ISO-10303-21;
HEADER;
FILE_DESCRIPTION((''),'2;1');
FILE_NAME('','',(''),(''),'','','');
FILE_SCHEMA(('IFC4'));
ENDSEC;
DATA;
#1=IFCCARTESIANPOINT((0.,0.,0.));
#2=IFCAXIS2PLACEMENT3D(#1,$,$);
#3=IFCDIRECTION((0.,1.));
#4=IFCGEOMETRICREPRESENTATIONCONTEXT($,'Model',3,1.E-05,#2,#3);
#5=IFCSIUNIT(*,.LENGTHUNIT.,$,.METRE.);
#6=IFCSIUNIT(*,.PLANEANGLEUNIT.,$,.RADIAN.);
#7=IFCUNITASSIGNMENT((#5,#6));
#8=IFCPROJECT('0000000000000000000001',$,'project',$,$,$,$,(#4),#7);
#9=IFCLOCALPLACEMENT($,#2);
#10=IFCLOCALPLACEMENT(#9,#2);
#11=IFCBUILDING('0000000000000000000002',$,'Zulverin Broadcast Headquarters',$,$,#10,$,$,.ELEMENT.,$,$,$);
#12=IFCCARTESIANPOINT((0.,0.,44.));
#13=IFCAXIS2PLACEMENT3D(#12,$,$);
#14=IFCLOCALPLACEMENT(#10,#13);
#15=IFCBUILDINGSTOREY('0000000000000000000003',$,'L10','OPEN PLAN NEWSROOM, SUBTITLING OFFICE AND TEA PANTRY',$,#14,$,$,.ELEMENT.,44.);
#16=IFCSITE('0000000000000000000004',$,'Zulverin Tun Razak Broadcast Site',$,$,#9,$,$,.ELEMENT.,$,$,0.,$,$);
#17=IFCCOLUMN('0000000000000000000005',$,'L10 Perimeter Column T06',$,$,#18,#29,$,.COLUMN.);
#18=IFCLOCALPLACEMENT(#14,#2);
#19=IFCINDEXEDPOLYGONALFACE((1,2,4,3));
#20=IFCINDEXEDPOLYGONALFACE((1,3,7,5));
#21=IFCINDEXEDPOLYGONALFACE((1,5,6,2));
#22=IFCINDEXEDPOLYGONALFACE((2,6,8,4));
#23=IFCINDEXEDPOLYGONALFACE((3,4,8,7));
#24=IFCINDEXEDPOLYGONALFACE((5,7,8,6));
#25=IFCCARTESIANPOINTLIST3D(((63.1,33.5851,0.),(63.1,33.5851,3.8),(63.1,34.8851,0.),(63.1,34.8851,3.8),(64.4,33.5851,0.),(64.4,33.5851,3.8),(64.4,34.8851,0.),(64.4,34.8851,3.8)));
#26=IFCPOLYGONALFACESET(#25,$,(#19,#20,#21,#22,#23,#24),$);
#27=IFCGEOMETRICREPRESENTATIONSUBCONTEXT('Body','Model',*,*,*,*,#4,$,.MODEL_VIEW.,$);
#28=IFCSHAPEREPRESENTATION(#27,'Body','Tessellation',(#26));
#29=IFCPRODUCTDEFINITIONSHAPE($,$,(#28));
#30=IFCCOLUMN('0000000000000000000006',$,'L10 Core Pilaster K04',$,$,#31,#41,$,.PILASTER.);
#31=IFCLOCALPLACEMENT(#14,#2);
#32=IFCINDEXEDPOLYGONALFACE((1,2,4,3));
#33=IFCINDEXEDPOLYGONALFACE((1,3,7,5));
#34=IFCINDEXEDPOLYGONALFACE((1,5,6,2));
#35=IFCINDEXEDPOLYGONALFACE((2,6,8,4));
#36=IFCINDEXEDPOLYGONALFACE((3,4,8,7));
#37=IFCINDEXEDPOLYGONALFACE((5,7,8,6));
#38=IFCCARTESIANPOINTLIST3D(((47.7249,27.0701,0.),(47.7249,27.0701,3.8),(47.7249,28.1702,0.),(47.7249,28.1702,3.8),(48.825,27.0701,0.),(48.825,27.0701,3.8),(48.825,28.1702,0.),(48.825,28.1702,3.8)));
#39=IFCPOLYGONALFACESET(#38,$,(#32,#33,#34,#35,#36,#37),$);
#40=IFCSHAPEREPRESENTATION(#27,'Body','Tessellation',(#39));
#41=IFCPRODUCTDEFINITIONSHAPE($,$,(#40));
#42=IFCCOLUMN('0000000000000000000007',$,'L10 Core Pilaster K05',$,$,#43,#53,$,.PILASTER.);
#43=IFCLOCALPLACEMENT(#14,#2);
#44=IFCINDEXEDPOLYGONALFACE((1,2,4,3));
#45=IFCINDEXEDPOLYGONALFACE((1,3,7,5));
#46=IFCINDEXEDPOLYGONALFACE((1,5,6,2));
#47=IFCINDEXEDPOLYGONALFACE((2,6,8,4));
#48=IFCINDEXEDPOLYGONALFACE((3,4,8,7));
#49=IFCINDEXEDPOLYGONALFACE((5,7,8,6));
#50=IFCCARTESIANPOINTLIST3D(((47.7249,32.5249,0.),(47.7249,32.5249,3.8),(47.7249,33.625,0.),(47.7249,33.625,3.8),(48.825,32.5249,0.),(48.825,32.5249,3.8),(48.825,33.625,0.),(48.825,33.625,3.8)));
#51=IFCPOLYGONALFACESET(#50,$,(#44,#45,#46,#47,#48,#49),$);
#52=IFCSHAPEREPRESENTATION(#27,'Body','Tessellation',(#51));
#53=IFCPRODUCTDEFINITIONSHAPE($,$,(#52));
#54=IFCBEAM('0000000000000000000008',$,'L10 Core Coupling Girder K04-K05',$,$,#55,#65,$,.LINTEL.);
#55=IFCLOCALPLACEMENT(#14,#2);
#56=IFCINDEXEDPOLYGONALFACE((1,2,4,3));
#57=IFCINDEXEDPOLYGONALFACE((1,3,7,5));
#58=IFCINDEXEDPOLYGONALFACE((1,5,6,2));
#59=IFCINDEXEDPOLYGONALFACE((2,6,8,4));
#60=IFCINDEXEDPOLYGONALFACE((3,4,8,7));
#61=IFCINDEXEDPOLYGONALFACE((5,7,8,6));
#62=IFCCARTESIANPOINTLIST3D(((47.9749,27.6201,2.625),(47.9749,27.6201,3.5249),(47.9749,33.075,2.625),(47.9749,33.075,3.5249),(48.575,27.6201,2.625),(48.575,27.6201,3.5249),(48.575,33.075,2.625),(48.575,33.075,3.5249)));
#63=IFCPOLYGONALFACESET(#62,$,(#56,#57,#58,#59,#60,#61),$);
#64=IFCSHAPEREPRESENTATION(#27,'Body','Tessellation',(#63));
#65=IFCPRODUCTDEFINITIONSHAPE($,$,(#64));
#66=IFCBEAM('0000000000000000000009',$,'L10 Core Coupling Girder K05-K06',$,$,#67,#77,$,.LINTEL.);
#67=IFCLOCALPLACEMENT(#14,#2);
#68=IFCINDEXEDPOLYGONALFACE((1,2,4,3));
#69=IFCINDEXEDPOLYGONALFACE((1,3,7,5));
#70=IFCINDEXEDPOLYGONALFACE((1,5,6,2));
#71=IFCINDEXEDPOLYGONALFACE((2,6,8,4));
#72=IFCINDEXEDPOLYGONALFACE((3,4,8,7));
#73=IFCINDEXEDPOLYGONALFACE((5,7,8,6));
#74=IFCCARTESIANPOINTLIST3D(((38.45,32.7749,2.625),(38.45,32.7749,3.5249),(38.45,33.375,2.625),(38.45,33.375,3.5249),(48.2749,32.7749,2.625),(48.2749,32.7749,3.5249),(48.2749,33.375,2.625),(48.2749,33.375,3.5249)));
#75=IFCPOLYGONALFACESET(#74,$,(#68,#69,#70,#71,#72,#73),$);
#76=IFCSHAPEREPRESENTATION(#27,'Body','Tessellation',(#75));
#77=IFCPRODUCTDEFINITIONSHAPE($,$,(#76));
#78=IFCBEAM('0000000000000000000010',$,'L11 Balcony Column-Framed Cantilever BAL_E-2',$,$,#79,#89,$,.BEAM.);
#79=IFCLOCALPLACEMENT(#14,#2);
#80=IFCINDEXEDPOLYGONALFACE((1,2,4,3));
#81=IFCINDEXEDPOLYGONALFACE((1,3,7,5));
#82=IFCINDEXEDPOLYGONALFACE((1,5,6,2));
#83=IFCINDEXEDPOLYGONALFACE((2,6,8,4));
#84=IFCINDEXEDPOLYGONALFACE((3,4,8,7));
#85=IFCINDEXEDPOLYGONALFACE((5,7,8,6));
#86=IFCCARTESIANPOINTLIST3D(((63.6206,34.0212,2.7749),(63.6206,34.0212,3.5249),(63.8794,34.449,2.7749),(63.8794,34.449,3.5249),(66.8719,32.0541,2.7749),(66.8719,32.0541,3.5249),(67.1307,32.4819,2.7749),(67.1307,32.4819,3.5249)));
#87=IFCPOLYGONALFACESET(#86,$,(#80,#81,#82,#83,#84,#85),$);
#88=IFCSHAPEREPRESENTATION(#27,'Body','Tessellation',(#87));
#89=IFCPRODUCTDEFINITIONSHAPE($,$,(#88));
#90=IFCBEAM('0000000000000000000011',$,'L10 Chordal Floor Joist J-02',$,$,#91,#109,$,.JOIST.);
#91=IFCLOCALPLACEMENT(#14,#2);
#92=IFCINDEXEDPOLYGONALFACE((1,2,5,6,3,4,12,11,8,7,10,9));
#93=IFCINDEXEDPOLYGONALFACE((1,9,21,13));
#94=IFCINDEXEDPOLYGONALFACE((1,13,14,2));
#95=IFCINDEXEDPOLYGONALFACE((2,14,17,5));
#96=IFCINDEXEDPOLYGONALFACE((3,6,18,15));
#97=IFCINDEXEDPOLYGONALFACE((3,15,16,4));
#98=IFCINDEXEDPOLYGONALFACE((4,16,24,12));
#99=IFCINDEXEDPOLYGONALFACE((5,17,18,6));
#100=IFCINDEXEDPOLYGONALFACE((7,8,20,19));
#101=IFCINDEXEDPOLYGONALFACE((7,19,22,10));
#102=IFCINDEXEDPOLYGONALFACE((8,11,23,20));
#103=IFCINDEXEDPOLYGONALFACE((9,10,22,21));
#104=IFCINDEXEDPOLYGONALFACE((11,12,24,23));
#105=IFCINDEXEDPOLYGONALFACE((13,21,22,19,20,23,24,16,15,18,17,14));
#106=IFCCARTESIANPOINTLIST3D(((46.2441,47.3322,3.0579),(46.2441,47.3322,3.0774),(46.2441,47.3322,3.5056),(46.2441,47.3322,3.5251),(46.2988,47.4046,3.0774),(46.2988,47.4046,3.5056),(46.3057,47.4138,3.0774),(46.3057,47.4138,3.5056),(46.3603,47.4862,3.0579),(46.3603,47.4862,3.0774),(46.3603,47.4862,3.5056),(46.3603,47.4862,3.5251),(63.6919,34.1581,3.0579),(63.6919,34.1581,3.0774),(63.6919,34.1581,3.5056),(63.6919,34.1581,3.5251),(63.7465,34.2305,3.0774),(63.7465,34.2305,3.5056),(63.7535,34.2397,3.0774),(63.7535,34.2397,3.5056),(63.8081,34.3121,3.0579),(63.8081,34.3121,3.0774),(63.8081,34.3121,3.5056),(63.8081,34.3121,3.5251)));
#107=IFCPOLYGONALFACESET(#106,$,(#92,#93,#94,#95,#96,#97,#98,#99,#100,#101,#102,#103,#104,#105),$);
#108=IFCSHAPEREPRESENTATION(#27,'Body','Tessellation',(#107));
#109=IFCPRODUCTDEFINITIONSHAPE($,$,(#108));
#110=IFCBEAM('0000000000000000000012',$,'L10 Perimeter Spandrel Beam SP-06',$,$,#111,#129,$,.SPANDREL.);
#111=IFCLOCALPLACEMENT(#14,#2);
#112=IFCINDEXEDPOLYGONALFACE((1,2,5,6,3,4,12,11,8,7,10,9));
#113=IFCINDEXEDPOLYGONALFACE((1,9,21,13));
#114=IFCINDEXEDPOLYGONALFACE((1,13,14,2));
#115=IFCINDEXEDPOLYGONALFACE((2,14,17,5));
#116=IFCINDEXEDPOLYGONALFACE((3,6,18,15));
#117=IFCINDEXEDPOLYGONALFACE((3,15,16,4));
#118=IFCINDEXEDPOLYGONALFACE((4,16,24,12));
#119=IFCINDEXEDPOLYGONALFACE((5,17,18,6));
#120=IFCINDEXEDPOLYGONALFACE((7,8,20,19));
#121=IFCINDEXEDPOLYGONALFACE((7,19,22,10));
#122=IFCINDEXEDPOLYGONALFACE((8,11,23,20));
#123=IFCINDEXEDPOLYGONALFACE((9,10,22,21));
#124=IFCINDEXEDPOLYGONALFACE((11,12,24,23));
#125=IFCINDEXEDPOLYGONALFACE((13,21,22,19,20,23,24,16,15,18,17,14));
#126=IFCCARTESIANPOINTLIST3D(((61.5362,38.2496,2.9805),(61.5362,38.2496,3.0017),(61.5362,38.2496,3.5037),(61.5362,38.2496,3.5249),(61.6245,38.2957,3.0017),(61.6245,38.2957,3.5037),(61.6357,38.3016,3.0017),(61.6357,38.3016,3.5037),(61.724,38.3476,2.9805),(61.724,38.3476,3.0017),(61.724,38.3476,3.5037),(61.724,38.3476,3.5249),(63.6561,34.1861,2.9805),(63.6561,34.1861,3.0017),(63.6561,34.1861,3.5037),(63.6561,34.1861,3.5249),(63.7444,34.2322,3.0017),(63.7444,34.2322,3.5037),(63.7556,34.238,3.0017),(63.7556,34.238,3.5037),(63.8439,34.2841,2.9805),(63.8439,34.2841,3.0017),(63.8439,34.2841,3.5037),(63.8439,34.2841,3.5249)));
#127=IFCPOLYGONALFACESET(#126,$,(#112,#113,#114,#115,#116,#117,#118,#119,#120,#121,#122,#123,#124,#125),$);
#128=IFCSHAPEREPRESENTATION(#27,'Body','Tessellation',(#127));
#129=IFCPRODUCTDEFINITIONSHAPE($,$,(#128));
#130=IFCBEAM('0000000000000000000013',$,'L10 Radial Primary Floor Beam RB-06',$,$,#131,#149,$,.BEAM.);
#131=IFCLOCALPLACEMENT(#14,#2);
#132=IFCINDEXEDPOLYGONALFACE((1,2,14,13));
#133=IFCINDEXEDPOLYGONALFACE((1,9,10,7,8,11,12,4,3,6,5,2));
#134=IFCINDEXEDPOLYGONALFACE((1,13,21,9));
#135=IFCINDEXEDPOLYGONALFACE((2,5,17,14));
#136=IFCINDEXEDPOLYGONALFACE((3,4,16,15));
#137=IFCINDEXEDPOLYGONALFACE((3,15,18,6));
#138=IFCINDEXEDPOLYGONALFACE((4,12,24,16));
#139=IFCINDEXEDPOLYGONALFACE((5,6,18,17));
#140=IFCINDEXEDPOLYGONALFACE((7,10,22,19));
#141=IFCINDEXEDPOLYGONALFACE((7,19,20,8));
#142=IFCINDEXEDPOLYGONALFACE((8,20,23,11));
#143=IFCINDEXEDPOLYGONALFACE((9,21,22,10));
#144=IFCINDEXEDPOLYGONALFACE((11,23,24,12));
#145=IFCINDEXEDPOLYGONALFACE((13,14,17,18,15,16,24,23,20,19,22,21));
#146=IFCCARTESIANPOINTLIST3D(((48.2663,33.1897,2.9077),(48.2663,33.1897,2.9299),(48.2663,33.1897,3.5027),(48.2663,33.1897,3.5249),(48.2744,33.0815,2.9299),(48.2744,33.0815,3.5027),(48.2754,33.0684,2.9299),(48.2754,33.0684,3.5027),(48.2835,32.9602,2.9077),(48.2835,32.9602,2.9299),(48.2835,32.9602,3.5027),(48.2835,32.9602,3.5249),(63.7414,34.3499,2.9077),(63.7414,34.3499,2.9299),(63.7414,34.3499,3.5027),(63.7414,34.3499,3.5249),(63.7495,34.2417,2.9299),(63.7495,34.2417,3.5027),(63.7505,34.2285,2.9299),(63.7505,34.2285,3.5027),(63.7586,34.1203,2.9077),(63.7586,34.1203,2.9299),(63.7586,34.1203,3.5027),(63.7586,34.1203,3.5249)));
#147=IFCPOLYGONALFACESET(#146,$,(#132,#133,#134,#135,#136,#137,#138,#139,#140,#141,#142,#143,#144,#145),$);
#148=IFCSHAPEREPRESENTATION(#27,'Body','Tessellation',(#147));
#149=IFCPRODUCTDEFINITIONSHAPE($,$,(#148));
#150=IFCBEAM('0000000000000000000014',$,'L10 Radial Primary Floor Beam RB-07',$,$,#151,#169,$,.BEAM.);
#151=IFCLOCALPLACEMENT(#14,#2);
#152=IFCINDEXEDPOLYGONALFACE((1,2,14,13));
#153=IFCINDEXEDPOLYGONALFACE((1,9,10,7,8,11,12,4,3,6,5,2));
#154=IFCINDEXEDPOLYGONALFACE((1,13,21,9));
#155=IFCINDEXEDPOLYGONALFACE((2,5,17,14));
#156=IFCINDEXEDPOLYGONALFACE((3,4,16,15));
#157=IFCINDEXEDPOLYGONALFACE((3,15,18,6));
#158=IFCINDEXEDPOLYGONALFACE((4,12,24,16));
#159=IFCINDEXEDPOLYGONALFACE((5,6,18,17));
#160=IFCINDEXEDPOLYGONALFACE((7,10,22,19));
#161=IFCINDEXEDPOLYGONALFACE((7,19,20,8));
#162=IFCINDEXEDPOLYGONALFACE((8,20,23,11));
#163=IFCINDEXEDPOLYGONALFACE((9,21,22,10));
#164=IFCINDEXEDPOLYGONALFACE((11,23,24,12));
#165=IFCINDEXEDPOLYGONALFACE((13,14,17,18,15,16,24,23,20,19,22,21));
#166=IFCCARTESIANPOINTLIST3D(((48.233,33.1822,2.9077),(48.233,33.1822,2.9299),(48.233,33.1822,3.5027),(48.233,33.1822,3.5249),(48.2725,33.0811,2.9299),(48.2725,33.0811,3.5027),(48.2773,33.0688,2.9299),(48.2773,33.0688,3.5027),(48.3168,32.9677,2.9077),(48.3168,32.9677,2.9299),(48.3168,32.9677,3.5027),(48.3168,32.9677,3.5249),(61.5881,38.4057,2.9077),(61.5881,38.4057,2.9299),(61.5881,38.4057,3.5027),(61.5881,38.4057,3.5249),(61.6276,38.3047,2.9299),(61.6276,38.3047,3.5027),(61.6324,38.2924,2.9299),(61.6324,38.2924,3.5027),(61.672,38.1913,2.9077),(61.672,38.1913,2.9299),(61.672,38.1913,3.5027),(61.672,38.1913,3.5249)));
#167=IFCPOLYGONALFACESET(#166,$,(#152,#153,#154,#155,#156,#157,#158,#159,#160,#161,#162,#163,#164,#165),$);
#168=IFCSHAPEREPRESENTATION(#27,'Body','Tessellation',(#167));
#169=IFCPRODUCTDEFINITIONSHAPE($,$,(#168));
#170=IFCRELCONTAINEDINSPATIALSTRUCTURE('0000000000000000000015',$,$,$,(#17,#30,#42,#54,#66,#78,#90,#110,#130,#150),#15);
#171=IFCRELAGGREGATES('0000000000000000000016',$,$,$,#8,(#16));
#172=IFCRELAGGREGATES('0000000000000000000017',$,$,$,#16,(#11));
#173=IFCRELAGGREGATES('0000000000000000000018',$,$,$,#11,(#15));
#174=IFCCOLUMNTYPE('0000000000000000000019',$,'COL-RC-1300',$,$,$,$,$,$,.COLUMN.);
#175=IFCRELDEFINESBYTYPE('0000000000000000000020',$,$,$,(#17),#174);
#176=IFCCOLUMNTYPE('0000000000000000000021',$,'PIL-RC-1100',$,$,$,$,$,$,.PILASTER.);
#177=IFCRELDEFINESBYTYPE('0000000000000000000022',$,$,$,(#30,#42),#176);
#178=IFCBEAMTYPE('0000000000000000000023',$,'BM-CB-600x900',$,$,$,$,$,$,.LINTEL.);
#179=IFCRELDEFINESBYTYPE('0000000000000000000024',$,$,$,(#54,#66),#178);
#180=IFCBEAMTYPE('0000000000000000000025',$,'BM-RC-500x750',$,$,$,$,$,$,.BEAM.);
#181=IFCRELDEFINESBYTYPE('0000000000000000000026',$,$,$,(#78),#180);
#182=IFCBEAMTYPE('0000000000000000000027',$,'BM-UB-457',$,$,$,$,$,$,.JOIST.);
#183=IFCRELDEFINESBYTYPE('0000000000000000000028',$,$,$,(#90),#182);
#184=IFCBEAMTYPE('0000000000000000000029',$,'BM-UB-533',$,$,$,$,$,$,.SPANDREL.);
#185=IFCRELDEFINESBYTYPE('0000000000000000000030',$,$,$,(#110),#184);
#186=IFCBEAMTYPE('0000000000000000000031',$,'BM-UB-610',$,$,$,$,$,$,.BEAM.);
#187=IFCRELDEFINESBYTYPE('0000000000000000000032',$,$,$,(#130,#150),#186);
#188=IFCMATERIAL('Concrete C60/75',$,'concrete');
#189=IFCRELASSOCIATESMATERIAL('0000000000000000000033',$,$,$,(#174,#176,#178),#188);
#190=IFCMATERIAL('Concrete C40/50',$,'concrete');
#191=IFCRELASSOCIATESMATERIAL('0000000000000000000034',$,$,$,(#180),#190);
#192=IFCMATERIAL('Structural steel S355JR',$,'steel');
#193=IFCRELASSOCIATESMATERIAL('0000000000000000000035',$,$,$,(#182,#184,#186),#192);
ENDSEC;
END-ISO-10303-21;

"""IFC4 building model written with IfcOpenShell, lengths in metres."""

from ifc_helpers import new_model, si_unit, direction, frame, origin, origin_2d, place, context, subcontext, project, spatial, rectangle, i_section, extrude, material, material_profile, profile_set, type_object, element, save


model = new_model("IFC4")

# Units and contexts
model_context = context("Model", 3, precision=1e-05, world=origin(), true_north=direction((0.0, 1.0)))
body_context = subcontext(model_context, "Body", "Model", "MODEL_VIEW")
ifc_project = project(units=[si_unit("LENGTHUNIT", "METRE"), si_unit("PLANEANGLEUNIT", "RADIAN")], contexts=[model_context])

# Site, building, storey
site_placement = place(None, origin())
site = spatial("IfcSite", under=ifc_project, at=site_placement, Name="Zulverin Tun Razak Broadcast Site", CompositionType="ELEMENT", RefElevation=0.0)
building_placement = place(site_placement, origin())
building = spatial("IfcBuilding", under=site, at=building_placement, Name="Zulverin Broadcast Headquarters", CompositionType="ELEMENT")
storey_placement = place(building_placement, frame((0.0, 0.0, 44.0)))
storey = spatial("IfcBuildingStorey", under=building, at=storey_placement, Name="L10", Description="OPEN PLAN NEWSROOM, SUBTITLING OFFICE AND TEA PANTRY", CompositionType="ELEMENT", Elevation=44.0)

# Columns
ifc_material_1 = material(Name="Concrete C60/75", Category="concrete")
ifc_material_profile_1 = material_profile(ifc_material_1, rectangle(XDim=1.3, YDim=1.3, at=origin_2d()), Name="Concrete C60/75", Category="concrete")
ifc_profile_set_1 = profile_set([ifc_material_profile_1], Name="Concrete C60/75")
column_type_1 = type_object("IfcColumnType", Name="COL-RC-1300", PredefinedType="COLUMN", material=ifc_profile_set_1)
column_placement = place(storey_placement, frame((63.75, 34.2351, 0.0), z_axis=(0.0, 0.0, 1.0), x_axis=(1.0, 0.0, 0.0)))
element("IfcColumn", 1, at=column_placement, inside=storey, type_object=column_type_1, Name="L10 Perimeter Column T06", PredefinedType="COLUMN", context=body_context, shape_type="SweptSolid", body=[
    extrude(rectangle(XDim=1.3, YDim=1.3, at=origin_2d()), origin(), (0.0, 0.0, 1.0), 3.8),
])
ifc_material_profile_2 = material_profile(ifc_material_1, rectangle(XDim=1.1001, YDim=1.1001, at=origin_2d()), Name="Concrete C60/75", Category="concrete")
ifc_profile_set_2 = profile_set([ifc_material_profile_2], Name="Concrete C60/75")
column_type_2 = type_object("IfcColumnType", Name="PIL-RC-1100", PredefinedType="PILASTER", material=ifc_profile_set_2)
for number, where, z_axis, x_axis, name in (
    (2, (48.2749, 27.6201, 0.0), (0.0, 0.0, 1.0), (1.0, 0.0, 0.0), "L10 Core Pilaster K04"),
    (3, (48.2749, 33.075, 0.0), (0.0, 0.0, 1.0), (1.0, 0.0, 0.0), "L10 Core Pilaster K05"),
):
    element("IfcColumn", number, at=place(storey_placement, frame(where, z_axis=z_axis, x_axis=x_axis)), inside=storey, type_object=column_type_2, Name=name, PredefinedType="PILASTER", context=body_context, shape_type="SweptSolid", body=[
        extrude(rectangle(XDim=1.1001, YDim=1.1001, at=origin_2d()), origin(), (0.0, 0.0, 1.0), 3.8),
    ])

# Beams
ifc_material_profile_3 = material_profile(ifc_material_1, rectangle(XDim=0.6001, YDim=0.8999, at=origin_2d()), Name="Concrete C60/75", Category="concrete")
ifc_profile_set_3 = profile_set([ifc_material_profile_3], Name="Concrete C60/75")
beam_type_1 = type_object("IfcBeamType", Name="BM-CB-600x900", PredefinedType="LINTEL", material=ifc_profile_set_3)
beam_1_placement = place(storey_placement, frame((48.2749, 27.6201, 3.075), z_axis=(0.0, 1.0, 0.0), x_axis=(-1.0, 0.0, 0.0)))
element("IfcBeam", 4, at=beam_1_placement, inside=storey, type_object=beam_type_1, Name="L10 Core Coupling Girder K04-K05", PredefinedType="LINTEL", context=body_context, shape_type="SweptSolid", body=[
    extrude(rectangle(XDim=0.6001, YDim=0.8999, at=origin_2d()), origin(), (0.0, 0.0, 1.0), 5.4548),
])
beam_2_placement = place(storey_placement, frame((48.2749, 33.075, 3.075), z_axis=(-1.0, 0.0, 0.0), x_axis=(0.0, -1.0, 0.0)))
element("IfcBeam", 5, at=beam_2_placement, inside=storey, type_object=beam_type_1, Name="L10 Core Coupling Girder K05-K06", PredefinedType="LINTEL", context=body_context, shape_type="SweptSolid", body=[
    extrude(rectangle(XDim=0.6001, YDim=0.8999, at=origin_2d()), origin(), (0.0, 0.0, 1.0), 9.825),
])
ifc_material_2 = material(Name="Concrete C40/50", Category="concrete")
ifc_material_profile_4 = material_profile(ifc_material_2, rectangle(XDim=0.5, YDim=0.75, at=origin_2d()), Name="Concrete C40/50", Category="concrete")
ifc_profile_set_4 = profile_set([ifc_material_profile_4], Name="Concrete C40/50")
beam_type_2 = type_object("IfcBeamType", Name="BM-RC-500x750", PredefinedType="BEAM", material=ifc_profile_set_4)
beam_3_placement = place(storey_placement, frame((63.75, 34.2351, 3.1499), z_axis=(0.855594, -0.517648, 0.0), x_axis=(0.517648, 0.855594, 0.0)))
element("IfcBeam", 6, at=beam_3_placement, inside=storey, type_object=beam_type_2, Name="L11 Balcony Column-Framed Cantilever BAL_E-2", PredefinedType="BEAM", context=body_context, shape_type="SweptSolid", body=[
    extrude(rectangle(XDim=0.5, YDim=0.75, at=origin_2d()), origin(), (0.0, 0.0, 1.0), 3.8),
])
ifc_material_3 = material(Name="Structural steel S355JR", Category="steel")
ifc_material_profile_5 = material_profile(ifc_material_3, i_section(OverallWidth=0.1929, OverallDepth=0.4673, WebThickness=0.0115, FlangeThickness=0.0195, at=origin_2d()), Name="Structural steel S355JR", Category="steel")
ifc_profile_set_5 = profile_set([ifc_material_profile_5], Name="Structural steel S355JR")
beam_type_3 = type_object("IfcBeamType", Name="BM-UB-457", PredefinedType="JOIST", material=ifc_profile_set_5)
beam_4_placement = place(storey_placement, frame((63.75, 34.2351, 3.2915), z_axis=(-0.798058, 0.60258, 0.0), x_axis=(-0.60258, -0.798058, 0.0)))
element("IfcBeam", 7, at=beam_4_placement, inside=storey, type_object=beam_type_3, Name="L10 Chordal Floor Joist J-02", PredefinedType="JOIST", context=body_context, shape_type="SweptSolid", body=[
    extrude(i_section(OverallWidth=0.1929, OverallDepth=0.4673, WebThickness=0.0115, FlangeThickness=0.0195, at=origin_2d()), origin(), (0.0, 0.0, 1.0), 21.8628),
])
ifc_material_profile_6 = material_profile(ifc_material_3, i_section(OverallWidth=0.2119, OverallDepth=0.5444, WebThickness=0.0127, FlangeThickness=0.0212, at=origin_2d()), Name="Structural steel S355JR", Category="steel")
ifc_profile_set_6 = profile_set([ifc_material_profile_6], Name="Structural steel S355JR")
beam_type_4 = type_object("IfcBeamType", Name="BM-UB-533", PredefinedType="SPANDREL", material=ifc_profile_set_6)
beam_5_placement = place(storey_placement, frame((63.75, 34.2351, 3.2527), z_axis=(-0.462531, 0.886603, 0.0), x_axis=(-0.886603, -0.462531, 0.0)))
element("IfcBeam", 8, at=beam_5_placement, inside=storey, type_object=beam_type_4, Name="L10 Perimeter Spandrel Beam SP-06", PredefinedType="SPANDREL", context=body_context, shape_type="SweptSolid", body=[
    extrude(i_section(OverallWidth=0.2119, OverallDepth=0.5444, WebThickness=0.0127, FlangeThickness=0.0212, at=origin_2d()), origin(), (0.0, 0.0, 1.0), 4.5833),
])
ifc_material_profile_7 = material_profile(ifc_material_3, i_section(OverallWidth=0.2302, OverallDepth=0.6172, WebThickness=0.0132, FlangeThickness=0.0222, at=origin_2d()), Name="Structural steel S355JR", Category="steel")
ifc_profile_set_7 = profile_set([ifc_material_profile_7], Name="Structural steel S355JR")
beam_type_5 = type_object("IfcBeamType", Name="BM-UB-610", PredefinedType="BEAM", material=ifc_profile_set_7)
beam_6_placement = place(storey_placement, frame((48.2749, 33.075, 3.2163), z_axis=(0.997202, 0.074759, 0.0), x_axis=(-0.074759, 0.997202, 0.0)))
element("IfcBeam", 9, at=beam_6_placement, inside=storey, type_object=beam_type_5, Name="L10 Radial Primary Floor Beam RB-06", PredefinedType="BEAM", context=body_context, shape_type="SweptSolid", body=[
    extrude(i_section(OverallWidth=0.2302, OverallDepth=0.6172, WebThickness=0.0132, FlangeThickness=0.0222, at=origin_2d()), origin(), (0.0, 0.0, 1.0), 15.5186),
])
beam_7_placement = place(storey_placement, frame((48.2749, 33.075, 3.2163), z_axis=(0.931298, 0.364259, 0.0), x_axis=(-0.364259, 0.931298, 0.0)))
element("IfcBeam", 10, at=beam_7_placement, inside=storey, type_object=beam_type_5, Name="L10 Radial Primary Floor Beam RB-07", PredefinedType="BEAM", context=body_context, shape_type="SweptSolid", body=[
    extrude(i_section(OverallWidth=0.2302, OverallDepth=0.6172, WebThickness=0.0132, FlangeThickness=0.0222, at=origin_2d()), origin(), (0.0, 0.0, 1.0), 14.3403),
])

save(model, "model.ifc")
